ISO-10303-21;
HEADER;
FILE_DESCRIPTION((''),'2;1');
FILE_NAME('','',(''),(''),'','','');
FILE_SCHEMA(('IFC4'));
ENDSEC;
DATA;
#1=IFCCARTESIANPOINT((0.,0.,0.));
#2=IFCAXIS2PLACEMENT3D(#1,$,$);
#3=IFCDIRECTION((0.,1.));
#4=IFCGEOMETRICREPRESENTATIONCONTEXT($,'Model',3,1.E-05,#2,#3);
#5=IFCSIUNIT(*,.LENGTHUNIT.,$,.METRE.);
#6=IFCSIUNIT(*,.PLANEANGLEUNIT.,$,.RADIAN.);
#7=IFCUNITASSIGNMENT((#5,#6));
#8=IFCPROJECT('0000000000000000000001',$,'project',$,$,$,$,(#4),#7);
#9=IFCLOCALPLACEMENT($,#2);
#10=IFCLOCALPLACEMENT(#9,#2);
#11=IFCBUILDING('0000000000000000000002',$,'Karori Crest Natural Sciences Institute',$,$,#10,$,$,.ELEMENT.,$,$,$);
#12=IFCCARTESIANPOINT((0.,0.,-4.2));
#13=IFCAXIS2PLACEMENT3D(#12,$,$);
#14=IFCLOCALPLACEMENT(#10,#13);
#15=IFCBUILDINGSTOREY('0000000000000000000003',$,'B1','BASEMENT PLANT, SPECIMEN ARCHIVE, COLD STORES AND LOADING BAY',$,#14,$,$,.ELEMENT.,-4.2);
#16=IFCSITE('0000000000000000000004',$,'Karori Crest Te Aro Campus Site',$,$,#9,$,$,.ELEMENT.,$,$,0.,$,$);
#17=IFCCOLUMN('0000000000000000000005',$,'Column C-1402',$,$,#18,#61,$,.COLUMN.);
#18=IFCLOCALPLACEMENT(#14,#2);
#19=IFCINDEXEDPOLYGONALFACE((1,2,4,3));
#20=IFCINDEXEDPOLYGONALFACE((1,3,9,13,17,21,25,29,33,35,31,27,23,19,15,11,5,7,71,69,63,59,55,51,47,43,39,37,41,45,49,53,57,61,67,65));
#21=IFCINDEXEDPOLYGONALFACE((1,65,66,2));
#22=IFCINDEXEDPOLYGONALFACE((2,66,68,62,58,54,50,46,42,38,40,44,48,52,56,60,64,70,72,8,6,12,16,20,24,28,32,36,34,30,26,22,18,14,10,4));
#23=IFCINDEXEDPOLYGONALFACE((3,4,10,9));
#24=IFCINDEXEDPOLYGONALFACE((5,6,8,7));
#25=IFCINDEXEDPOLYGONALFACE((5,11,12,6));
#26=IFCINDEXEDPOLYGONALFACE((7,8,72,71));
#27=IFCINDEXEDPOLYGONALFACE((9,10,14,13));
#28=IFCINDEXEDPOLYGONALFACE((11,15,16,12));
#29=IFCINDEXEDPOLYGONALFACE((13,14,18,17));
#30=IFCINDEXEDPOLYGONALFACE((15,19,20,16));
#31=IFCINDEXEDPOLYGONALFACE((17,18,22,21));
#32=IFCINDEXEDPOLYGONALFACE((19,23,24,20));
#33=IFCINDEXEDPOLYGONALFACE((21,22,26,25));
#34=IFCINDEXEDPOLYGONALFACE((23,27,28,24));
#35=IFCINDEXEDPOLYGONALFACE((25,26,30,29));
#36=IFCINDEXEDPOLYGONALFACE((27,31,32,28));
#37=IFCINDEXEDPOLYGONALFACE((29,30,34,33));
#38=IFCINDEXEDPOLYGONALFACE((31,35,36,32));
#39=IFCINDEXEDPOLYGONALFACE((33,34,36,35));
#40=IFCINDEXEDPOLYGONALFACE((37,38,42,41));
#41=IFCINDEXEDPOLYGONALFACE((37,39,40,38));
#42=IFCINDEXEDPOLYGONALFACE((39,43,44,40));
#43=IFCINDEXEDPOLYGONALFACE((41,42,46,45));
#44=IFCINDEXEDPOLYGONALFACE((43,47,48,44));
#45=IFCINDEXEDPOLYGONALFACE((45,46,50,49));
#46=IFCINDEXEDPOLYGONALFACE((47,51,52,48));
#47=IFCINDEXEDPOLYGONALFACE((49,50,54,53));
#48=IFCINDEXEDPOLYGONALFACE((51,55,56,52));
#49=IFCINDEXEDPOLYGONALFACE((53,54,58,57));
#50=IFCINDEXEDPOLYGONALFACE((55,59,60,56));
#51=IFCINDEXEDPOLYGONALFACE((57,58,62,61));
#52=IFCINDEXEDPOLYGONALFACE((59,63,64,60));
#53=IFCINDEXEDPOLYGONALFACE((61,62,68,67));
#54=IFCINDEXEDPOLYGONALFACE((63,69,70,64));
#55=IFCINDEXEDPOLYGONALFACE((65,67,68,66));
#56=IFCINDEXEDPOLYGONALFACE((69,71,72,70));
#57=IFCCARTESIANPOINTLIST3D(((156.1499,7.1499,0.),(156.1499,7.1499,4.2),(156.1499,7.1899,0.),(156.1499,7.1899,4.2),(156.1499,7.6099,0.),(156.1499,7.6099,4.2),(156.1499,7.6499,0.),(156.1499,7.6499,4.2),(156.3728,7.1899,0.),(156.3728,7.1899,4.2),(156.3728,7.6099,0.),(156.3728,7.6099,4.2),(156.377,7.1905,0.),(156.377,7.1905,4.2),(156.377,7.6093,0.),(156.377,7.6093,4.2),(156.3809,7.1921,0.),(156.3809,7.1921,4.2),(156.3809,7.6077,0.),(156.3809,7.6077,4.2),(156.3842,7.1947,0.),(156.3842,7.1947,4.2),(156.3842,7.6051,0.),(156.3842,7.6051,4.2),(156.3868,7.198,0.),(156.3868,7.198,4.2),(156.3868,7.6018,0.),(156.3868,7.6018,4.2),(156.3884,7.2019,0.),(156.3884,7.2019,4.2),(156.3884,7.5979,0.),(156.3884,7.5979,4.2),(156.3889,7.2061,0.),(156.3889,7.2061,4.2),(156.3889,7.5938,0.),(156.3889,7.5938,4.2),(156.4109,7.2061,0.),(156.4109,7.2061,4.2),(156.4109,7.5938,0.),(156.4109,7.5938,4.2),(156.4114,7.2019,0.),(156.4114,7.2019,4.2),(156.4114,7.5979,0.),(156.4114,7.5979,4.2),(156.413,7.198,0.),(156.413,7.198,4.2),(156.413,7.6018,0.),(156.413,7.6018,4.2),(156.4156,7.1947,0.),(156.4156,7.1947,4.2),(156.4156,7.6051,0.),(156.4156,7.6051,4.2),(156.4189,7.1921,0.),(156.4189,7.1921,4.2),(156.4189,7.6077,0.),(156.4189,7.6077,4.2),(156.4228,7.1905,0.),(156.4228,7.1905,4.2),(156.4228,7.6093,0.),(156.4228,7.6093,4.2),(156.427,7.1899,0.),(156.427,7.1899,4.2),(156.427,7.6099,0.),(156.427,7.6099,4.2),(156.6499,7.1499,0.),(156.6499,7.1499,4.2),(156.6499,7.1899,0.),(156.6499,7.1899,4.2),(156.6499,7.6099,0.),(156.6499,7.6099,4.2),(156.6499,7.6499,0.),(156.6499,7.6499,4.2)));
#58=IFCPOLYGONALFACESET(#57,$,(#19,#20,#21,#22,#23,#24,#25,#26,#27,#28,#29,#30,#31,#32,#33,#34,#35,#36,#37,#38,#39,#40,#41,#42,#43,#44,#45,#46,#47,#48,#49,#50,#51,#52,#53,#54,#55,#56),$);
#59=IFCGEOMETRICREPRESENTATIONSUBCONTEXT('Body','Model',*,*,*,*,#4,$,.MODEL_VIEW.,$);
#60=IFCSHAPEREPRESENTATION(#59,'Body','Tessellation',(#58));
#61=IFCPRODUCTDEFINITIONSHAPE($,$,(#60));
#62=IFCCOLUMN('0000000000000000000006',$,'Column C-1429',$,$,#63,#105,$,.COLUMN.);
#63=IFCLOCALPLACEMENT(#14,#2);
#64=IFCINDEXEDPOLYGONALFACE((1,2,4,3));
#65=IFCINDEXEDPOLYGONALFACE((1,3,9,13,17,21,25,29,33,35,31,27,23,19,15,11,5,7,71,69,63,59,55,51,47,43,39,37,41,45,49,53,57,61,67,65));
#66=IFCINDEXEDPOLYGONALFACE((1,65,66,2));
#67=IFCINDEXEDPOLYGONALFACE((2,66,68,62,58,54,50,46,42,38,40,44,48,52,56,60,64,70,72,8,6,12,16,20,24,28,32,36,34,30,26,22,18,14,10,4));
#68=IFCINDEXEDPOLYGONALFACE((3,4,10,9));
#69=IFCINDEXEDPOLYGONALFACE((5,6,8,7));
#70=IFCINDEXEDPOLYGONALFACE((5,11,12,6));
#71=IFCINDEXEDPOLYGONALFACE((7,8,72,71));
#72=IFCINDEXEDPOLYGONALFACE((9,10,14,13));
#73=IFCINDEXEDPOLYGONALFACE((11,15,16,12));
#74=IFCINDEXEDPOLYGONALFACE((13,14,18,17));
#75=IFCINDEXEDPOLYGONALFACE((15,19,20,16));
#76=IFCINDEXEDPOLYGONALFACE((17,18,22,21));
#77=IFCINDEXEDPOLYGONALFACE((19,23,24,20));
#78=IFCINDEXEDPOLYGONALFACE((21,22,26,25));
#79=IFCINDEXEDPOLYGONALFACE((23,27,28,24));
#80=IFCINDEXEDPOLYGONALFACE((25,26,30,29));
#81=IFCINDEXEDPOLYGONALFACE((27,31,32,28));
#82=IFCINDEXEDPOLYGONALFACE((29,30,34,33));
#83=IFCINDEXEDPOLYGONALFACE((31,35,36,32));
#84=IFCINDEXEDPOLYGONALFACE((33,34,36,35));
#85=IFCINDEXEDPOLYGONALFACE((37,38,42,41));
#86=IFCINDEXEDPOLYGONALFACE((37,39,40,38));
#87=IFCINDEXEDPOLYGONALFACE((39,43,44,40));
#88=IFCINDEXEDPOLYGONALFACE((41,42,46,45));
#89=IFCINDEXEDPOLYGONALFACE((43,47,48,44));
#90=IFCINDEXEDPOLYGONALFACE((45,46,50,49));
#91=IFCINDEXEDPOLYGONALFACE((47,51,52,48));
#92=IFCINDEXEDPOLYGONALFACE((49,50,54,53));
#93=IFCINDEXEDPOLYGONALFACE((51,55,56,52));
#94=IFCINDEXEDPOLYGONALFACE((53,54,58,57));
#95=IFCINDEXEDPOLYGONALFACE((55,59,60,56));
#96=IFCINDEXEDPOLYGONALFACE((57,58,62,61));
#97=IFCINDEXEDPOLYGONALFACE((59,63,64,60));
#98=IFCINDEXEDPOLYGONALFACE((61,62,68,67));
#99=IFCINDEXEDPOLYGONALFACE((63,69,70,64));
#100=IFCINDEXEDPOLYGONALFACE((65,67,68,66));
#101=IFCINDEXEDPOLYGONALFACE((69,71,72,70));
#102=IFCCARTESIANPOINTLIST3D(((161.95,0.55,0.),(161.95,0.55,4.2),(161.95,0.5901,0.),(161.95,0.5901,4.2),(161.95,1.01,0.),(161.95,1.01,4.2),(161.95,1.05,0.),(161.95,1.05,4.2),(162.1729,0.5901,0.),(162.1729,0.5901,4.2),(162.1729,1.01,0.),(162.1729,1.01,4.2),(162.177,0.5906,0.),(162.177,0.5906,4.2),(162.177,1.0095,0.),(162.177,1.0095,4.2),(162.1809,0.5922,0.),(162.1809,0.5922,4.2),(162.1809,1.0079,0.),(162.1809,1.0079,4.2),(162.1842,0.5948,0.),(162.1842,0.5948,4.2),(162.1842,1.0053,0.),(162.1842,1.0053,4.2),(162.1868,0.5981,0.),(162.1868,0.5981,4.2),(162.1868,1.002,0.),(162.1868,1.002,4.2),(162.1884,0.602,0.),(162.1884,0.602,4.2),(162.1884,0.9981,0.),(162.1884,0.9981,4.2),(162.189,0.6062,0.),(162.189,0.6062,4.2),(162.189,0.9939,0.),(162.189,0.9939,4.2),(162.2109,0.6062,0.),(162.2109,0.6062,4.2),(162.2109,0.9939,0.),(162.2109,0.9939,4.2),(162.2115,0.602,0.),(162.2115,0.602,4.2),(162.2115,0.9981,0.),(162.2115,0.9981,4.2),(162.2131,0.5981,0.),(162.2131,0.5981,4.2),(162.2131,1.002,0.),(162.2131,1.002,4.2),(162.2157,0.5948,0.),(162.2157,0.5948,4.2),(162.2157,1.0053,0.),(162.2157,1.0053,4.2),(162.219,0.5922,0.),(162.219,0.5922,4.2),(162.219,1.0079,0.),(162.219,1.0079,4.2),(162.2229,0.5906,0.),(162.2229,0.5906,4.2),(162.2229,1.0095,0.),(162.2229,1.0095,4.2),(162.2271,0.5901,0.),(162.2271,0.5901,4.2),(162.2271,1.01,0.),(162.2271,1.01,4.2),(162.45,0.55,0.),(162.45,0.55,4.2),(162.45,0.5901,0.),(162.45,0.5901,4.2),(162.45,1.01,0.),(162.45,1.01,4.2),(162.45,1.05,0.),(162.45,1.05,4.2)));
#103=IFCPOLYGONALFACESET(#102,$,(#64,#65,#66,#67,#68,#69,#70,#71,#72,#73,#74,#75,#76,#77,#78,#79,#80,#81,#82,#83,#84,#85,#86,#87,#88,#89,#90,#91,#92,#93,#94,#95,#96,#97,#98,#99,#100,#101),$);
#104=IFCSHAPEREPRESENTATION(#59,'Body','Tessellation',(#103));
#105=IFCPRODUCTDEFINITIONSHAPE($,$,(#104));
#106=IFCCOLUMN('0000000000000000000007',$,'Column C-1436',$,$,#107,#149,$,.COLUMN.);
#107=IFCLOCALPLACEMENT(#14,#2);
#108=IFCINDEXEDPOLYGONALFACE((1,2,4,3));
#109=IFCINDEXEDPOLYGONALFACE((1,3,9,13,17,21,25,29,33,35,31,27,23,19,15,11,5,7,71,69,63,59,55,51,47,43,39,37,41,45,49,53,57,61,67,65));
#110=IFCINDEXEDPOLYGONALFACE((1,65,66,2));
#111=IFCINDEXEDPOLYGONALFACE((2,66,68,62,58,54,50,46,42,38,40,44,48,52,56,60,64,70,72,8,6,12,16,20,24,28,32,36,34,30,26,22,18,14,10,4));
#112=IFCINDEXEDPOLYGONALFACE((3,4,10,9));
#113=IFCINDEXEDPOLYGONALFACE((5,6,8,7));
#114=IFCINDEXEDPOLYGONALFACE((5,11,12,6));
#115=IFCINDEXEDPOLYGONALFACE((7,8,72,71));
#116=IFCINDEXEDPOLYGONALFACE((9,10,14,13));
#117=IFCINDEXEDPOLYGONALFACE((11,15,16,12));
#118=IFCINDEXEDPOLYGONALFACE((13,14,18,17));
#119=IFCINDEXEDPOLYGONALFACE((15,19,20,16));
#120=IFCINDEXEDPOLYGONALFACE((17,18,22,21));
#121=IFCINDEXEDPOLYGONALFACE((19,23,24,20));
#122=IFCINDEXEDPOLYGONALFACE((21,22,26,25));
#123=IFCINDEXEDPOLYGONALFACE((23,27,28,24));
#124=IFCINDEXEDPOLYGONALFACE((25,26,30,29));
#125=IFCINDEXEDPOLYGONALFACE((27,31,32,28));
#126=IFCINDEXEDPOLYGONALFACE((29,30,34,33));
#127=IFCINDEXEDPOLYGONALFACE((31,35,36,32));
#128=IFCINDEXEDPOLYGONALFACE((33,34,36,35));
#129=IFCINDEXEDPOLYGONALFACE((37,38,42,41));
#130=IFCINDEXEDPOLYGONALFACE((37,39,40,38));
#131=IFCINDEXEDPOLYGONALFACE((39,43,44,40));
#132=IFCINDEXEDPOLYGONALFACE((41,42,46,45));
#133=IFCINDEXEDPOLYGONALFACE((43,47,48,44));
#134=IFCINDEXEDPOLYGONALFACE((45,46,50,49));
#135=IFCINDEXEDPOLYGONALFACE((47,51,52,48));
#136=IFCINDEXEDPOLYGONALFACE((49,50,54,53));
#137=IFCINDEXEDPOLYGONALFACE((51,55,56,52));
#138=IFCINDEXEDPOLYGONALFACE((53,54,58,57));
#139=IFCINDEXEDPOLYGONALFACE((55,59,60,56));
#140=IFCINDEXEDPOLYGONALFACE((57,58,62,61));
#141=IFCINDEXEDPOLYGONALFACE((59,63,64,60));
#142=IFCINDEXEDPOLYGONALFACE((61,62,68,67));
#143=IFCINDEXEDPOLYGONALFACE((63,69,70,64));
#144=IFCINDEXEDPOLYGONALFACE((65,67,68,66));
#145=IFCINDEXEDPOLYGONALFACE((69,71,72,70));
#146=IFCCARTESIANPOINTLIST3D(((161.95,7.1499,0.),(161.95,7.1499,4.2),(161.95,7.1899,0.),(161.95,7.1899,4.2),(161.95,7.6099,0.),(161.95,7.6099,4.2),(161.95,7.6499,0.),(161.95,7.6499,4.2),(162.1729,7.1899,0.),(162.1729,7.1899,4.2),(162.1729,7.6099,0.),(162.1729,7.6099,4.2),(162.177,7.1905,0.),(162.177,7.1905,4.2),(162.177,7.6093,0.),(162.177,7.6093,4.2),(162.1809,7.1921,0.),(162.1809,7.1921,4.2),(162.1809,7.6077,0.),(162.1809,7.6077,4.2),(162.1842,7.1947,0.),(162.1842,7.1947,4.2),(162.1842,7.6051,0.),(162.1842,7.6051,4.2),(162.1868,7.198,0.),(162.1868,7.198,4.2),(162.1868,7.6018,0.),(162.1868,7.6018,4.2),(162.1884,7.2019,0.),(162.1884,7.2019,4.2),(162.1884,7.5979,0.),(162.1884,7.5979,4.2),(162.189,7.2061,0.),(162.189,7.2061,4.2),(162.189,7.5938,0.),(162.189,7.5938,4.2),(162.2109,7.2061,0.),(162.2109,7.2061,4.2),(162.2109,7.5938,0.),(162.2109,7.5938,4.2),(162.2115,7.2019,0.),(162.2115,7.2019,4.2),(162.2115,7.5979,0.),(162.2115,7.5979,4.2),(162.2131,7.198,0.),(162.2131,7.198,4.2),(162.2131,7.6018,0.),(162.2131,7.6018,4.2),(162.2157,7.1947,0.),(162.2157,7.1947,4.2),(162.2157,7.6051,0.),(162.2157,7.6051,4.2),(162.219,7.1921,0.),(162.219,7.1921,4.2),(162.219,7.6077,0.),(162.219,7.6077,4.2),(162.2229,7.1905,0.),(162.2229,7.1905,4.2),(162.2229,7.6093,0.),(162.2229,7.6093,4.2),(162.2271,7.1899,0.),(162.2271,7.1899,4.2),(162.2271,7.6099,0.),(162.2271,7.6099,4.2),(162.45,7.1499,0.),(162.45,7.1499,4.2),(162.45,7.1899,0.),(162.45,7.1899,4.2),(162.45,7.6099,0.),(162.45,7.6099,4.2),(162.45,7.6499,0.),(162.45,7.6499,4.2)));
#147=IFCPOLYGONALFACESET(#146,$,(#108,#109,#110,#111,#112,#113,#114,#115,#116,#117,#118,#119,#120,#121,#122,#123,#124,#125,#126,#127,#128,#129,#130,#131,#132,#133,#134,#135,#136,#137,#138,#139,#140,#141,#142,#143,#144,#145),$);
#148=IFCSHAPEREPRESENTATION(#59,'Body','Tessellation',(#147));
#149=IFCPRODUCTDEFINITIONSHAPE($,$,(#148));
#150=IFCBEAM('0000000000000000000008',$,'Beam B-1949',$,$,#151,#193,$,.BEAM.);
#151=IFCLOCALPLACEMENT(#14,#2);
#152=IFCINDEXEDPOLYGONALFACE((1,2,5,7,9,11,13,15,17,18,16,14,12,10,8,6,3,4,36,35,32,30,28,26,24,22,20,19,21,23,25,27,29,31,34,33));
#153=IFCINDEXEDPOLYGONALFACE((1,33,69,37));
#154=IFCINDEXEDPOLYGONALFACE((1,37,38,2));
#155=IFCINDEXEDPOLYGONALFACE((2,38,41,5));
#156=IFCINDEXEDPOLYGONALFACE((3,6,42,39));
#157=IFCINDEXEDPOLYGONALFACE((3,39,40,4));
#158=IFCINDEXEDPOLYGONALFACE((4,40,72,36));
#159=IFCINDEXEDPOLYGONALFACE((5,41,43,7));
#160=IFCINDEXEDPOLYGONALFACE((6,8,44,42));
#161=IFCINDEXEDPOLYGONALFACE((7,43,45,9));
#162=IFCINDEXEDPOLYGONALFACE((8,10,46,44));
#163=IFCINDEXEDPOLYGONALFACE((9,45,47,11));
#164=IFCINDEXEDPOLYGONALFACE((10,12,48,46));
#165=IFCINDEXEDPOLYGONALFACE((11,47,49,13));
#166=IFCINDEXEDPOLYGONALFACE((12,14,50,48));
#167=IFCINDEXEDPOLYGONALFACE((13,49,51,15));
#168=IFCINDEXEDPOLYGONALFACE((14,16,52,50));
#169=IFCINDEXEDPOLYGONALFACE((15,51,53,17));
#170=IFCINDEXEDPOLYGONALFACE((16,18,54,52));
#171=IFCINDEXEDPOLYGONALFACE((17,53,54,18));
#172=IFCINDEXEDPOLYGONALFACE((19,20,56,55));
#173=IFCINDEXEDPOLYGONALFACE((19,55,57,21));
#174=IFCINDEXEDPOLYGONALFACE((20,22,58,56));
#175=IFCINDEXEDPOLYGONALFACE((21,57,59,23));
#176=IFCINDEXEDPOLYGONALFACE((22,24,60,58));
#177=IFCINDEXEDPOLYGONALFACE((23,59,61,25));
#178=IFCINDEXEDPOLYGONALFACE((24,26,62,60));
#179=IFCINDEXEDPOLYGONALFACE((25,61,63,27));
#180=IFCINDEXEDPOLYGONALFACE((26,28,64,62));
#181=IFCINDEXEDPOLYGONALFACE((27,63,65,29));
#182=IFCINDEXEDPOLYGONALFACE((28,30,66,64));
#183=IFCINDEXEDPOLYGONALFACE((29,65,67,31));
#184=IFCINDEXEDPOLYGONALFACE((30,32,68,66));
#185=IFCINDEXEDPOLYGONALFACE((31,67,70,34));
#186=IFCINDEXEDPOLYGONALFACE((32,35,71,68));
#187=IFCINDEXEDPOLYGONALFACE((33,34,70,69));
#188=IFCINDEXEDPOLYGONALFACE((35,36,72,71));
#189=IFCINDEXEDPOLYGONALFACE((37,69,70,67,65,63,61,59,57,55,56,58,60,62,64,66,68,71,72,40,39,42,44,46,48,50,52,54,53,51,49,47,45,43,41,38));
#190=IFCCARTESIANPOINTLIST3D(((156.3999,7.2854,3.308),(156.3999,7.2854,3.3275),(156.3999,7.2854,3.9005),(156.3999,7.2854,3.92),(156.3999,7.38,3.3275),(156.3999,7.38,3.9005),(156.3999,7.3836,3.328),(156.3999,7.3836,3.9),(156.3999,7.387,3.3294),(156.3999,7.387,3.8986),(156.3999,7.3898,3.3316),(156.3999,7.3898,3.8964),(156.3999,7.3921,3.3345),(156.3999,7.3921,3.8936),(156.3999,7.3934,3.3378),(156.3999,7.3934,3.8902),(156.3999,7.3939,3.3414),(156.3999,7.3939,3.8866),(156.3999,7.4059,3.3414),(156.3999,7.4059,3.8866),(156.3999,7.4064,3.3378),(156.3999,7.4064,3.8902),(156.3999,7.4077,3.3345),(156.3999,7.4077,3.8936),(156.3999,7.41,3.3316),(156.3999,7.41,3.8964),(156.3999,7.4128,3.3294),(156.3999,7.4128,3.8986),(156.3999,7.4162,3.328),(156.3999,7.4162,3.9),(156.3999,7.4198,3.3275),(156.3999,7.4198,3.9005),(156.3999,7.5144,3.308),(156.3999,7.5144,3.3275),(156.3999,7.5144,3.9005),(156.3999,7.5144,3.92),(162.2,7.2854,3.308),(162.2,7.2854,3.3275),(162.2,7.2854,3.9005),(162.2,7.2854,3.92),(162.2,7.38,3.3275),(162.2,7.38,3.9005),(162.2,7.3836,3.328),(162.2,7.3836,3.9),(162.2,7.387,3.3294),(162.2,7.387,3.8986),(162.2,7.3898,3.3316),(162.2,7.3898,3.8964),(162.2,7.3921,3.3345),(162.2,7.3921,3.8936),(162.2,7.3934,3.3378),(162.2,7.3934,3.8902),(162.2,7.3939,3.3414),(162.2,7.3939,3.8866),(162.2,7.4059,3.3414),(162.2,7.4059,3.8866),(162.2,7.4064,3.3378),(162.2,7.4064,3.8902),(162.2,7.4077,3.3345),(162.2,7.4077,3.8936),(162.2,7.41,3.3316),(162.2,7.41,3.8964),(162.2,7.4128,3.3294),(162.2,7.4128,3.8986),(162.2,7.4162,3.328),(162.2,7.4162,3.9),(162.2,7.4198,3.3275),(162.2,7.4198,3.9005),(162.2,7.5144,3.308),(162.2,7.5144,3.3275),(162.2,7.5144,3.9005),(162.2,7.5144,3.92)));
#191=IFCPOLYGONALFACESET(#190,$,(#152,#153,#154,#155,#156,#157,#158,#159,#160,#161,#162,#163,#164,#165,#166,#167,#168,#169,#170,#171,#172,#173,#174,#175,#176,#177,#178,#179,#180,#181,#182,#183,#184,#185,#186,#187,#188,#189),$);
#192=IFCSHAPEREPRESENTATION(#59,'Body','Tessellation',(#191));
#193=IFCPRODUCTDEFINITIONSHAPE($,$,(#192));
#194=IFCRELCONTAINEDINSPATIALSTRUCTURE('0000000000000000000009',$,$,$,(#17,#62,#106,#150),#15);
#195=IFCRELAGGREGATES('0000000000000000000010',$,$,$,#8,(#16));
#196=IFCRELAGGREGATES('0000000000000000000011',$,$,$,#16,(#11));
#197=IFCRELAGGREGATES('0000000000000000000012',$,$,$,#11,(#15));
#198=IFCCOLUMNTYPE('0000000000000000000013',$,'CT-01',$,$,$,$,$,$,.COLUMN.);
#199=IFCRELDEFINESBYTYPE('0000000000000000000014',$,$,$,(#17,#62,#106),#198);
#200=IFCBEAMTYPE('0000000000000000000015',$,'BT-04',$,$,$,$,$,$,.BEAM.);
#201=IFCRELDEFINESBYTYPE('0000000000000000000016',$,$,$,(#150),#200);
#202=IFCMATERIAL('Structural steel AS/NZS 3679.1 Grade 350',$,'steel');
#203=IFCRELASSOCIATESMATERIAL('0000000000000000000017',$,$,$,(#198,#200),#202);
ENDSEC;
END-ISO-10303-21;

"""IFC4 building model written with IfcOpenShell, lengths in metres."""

from ifc_helpers import new_model, si_unit, direction, frame, origin, origin_2d, place, context, subcontext, project, spatial, i_section, extrude, material, material_profile, profile_set, type_object, element, save


model = new_model("IFC4")

# Units and contexts
model_context = context("Model", 3, precision=1e-05, world=origin(), true_north=direction((0.0, 1.0)))
body_context = subcontext(model_context, "Body", "Model", "MODEL_VIEW")
ifc_project = project(units=[si_unit("LENGTHUNIT", "METRE"), si_unit("PLANEANGLEUNIT", "RADIAN")], contexts=[model_context])

# Site, building, storey
site_placement = place(None, origin())
site = spatial("IfcSite", under=ifc_project, at=site_placement, Name="Karori Crest Te Aro Campus Site", CompositionType="ELEMENT", RefElevation=0.0)
building_placement = place(site_placement, origin())
building = spatial("IfcBuilding", under=site, at=building_placement, Name="Karori Crest Natural Sciences Institute", CompositionType="ELEMENT")
storey_placement = place(building_placement, frame((0.0, 0.0, -4.2)))
storey = spatial("IfcBuildingStorey", under=building, at=storey_placement, Name="B1", Description="BASEMENT PLANT, SPECIMEN ARCHIVE, COLD STORES AND LOADING BAY", CompositionType="ELEMENT", Elevation=-4.2)

# Columns
ifc_material_1 = material(Name="Structural steel AS/NZS 3679.1 Grade 350", Category="steel")
ifc_material_profile_1 = material_profile(ifc_material_1, i_section(OverallWidth=0.5, OverallDepth=0.5, WebThickness=0.022, FlangeThickness=0.04, FilletRadius=0.0161, at=origin_2d()), Name="500WC440")
ifc_profile_set_1 = profile_set([ifc_material_profile_1], Name="Structural steel AS/NZS 3679.1 Grade 350")
column_type = type_object("IfcColumnType", Name="CT-01", PredefinedType="COLUMN", material=ifc_profile_set_1)
for number, where, z_axis, x_axis, name in (
    (1, (156.3999, 7.3999, 0.0), (0.0, 0.0, 1.0), (1.0, 0.0, 0.0), "Column C-1402"),
    (2, (162.2, 0.8, 0.0), (0.0, 0.0, 1.0), (1.0, 0.0, 0.0), "Column C-1429"),
    (3, (162.2, 7.3999, 0.0), (0.0, 0.0, 1.0), (1.0, 0.0, 0.0), "Column C-1436"),
):
    element("IfcColumn", number, at=place(storey_placement, frame(where, z_axis=z_axis, x_axis=x_axis)), inside=storey, type_object=column_type, Name=name, PredefinedType="COLUMN", context=body_context, shape_type="SweptSolid", body=[
        extrude(i_section(OverallWidth=0.5, OverallDepth=0.5, WebThickness=0.022, FlangeThickness=0.04, FilletRadius=0.0161, at=origin_2d()), origin(), (0.0, 0.0, 1.0), 4.2),
    ])

# Beam
ifc_material_profile_2 = material_profile(ifc_material_1, i_section(OverallWidth=0.229, OverallDepth=0.6121, WebThickness=0.012, FlangeThickness=0.0195, FilletRadius=0.0139, at=origin_2d()), Name="610UB125")
ifc_profile_set_2 = profile_set([ifc_material_profile_2], Name="Structural steel AS/NZS 3679.1 Grade 350")
beam_type_1 = type_object("IfcBeamType", Name="BT-04", PredefinedType="BEAM", material=ifc_profile_set_2)
beam_1_placement = place(storey_placement, frame((156.3999, 7.3999, 3.614), z_axis=(1.0, 0.0, 0.0), x_axis=(0.0, 1.0, 0.0)))
element("IfcBeam", 4, at=beam_1_placement, inside=storey, type_object=beam_type_1, Name="Beam B-1949", PredefinedType="BEAM", context=body_context, shape_type="SweptSolid", body=[
    extrude(i_section(OverallWidth=0.229, OverallDepth=0.6121, WebThickness=0.012, FlangeThickness=0.0195, FilletRadius=0.0139, at=origin_2d()), origin(), (0.0, 0.0, 1.0), 5.8),
])

save(model, "model.ifc")
